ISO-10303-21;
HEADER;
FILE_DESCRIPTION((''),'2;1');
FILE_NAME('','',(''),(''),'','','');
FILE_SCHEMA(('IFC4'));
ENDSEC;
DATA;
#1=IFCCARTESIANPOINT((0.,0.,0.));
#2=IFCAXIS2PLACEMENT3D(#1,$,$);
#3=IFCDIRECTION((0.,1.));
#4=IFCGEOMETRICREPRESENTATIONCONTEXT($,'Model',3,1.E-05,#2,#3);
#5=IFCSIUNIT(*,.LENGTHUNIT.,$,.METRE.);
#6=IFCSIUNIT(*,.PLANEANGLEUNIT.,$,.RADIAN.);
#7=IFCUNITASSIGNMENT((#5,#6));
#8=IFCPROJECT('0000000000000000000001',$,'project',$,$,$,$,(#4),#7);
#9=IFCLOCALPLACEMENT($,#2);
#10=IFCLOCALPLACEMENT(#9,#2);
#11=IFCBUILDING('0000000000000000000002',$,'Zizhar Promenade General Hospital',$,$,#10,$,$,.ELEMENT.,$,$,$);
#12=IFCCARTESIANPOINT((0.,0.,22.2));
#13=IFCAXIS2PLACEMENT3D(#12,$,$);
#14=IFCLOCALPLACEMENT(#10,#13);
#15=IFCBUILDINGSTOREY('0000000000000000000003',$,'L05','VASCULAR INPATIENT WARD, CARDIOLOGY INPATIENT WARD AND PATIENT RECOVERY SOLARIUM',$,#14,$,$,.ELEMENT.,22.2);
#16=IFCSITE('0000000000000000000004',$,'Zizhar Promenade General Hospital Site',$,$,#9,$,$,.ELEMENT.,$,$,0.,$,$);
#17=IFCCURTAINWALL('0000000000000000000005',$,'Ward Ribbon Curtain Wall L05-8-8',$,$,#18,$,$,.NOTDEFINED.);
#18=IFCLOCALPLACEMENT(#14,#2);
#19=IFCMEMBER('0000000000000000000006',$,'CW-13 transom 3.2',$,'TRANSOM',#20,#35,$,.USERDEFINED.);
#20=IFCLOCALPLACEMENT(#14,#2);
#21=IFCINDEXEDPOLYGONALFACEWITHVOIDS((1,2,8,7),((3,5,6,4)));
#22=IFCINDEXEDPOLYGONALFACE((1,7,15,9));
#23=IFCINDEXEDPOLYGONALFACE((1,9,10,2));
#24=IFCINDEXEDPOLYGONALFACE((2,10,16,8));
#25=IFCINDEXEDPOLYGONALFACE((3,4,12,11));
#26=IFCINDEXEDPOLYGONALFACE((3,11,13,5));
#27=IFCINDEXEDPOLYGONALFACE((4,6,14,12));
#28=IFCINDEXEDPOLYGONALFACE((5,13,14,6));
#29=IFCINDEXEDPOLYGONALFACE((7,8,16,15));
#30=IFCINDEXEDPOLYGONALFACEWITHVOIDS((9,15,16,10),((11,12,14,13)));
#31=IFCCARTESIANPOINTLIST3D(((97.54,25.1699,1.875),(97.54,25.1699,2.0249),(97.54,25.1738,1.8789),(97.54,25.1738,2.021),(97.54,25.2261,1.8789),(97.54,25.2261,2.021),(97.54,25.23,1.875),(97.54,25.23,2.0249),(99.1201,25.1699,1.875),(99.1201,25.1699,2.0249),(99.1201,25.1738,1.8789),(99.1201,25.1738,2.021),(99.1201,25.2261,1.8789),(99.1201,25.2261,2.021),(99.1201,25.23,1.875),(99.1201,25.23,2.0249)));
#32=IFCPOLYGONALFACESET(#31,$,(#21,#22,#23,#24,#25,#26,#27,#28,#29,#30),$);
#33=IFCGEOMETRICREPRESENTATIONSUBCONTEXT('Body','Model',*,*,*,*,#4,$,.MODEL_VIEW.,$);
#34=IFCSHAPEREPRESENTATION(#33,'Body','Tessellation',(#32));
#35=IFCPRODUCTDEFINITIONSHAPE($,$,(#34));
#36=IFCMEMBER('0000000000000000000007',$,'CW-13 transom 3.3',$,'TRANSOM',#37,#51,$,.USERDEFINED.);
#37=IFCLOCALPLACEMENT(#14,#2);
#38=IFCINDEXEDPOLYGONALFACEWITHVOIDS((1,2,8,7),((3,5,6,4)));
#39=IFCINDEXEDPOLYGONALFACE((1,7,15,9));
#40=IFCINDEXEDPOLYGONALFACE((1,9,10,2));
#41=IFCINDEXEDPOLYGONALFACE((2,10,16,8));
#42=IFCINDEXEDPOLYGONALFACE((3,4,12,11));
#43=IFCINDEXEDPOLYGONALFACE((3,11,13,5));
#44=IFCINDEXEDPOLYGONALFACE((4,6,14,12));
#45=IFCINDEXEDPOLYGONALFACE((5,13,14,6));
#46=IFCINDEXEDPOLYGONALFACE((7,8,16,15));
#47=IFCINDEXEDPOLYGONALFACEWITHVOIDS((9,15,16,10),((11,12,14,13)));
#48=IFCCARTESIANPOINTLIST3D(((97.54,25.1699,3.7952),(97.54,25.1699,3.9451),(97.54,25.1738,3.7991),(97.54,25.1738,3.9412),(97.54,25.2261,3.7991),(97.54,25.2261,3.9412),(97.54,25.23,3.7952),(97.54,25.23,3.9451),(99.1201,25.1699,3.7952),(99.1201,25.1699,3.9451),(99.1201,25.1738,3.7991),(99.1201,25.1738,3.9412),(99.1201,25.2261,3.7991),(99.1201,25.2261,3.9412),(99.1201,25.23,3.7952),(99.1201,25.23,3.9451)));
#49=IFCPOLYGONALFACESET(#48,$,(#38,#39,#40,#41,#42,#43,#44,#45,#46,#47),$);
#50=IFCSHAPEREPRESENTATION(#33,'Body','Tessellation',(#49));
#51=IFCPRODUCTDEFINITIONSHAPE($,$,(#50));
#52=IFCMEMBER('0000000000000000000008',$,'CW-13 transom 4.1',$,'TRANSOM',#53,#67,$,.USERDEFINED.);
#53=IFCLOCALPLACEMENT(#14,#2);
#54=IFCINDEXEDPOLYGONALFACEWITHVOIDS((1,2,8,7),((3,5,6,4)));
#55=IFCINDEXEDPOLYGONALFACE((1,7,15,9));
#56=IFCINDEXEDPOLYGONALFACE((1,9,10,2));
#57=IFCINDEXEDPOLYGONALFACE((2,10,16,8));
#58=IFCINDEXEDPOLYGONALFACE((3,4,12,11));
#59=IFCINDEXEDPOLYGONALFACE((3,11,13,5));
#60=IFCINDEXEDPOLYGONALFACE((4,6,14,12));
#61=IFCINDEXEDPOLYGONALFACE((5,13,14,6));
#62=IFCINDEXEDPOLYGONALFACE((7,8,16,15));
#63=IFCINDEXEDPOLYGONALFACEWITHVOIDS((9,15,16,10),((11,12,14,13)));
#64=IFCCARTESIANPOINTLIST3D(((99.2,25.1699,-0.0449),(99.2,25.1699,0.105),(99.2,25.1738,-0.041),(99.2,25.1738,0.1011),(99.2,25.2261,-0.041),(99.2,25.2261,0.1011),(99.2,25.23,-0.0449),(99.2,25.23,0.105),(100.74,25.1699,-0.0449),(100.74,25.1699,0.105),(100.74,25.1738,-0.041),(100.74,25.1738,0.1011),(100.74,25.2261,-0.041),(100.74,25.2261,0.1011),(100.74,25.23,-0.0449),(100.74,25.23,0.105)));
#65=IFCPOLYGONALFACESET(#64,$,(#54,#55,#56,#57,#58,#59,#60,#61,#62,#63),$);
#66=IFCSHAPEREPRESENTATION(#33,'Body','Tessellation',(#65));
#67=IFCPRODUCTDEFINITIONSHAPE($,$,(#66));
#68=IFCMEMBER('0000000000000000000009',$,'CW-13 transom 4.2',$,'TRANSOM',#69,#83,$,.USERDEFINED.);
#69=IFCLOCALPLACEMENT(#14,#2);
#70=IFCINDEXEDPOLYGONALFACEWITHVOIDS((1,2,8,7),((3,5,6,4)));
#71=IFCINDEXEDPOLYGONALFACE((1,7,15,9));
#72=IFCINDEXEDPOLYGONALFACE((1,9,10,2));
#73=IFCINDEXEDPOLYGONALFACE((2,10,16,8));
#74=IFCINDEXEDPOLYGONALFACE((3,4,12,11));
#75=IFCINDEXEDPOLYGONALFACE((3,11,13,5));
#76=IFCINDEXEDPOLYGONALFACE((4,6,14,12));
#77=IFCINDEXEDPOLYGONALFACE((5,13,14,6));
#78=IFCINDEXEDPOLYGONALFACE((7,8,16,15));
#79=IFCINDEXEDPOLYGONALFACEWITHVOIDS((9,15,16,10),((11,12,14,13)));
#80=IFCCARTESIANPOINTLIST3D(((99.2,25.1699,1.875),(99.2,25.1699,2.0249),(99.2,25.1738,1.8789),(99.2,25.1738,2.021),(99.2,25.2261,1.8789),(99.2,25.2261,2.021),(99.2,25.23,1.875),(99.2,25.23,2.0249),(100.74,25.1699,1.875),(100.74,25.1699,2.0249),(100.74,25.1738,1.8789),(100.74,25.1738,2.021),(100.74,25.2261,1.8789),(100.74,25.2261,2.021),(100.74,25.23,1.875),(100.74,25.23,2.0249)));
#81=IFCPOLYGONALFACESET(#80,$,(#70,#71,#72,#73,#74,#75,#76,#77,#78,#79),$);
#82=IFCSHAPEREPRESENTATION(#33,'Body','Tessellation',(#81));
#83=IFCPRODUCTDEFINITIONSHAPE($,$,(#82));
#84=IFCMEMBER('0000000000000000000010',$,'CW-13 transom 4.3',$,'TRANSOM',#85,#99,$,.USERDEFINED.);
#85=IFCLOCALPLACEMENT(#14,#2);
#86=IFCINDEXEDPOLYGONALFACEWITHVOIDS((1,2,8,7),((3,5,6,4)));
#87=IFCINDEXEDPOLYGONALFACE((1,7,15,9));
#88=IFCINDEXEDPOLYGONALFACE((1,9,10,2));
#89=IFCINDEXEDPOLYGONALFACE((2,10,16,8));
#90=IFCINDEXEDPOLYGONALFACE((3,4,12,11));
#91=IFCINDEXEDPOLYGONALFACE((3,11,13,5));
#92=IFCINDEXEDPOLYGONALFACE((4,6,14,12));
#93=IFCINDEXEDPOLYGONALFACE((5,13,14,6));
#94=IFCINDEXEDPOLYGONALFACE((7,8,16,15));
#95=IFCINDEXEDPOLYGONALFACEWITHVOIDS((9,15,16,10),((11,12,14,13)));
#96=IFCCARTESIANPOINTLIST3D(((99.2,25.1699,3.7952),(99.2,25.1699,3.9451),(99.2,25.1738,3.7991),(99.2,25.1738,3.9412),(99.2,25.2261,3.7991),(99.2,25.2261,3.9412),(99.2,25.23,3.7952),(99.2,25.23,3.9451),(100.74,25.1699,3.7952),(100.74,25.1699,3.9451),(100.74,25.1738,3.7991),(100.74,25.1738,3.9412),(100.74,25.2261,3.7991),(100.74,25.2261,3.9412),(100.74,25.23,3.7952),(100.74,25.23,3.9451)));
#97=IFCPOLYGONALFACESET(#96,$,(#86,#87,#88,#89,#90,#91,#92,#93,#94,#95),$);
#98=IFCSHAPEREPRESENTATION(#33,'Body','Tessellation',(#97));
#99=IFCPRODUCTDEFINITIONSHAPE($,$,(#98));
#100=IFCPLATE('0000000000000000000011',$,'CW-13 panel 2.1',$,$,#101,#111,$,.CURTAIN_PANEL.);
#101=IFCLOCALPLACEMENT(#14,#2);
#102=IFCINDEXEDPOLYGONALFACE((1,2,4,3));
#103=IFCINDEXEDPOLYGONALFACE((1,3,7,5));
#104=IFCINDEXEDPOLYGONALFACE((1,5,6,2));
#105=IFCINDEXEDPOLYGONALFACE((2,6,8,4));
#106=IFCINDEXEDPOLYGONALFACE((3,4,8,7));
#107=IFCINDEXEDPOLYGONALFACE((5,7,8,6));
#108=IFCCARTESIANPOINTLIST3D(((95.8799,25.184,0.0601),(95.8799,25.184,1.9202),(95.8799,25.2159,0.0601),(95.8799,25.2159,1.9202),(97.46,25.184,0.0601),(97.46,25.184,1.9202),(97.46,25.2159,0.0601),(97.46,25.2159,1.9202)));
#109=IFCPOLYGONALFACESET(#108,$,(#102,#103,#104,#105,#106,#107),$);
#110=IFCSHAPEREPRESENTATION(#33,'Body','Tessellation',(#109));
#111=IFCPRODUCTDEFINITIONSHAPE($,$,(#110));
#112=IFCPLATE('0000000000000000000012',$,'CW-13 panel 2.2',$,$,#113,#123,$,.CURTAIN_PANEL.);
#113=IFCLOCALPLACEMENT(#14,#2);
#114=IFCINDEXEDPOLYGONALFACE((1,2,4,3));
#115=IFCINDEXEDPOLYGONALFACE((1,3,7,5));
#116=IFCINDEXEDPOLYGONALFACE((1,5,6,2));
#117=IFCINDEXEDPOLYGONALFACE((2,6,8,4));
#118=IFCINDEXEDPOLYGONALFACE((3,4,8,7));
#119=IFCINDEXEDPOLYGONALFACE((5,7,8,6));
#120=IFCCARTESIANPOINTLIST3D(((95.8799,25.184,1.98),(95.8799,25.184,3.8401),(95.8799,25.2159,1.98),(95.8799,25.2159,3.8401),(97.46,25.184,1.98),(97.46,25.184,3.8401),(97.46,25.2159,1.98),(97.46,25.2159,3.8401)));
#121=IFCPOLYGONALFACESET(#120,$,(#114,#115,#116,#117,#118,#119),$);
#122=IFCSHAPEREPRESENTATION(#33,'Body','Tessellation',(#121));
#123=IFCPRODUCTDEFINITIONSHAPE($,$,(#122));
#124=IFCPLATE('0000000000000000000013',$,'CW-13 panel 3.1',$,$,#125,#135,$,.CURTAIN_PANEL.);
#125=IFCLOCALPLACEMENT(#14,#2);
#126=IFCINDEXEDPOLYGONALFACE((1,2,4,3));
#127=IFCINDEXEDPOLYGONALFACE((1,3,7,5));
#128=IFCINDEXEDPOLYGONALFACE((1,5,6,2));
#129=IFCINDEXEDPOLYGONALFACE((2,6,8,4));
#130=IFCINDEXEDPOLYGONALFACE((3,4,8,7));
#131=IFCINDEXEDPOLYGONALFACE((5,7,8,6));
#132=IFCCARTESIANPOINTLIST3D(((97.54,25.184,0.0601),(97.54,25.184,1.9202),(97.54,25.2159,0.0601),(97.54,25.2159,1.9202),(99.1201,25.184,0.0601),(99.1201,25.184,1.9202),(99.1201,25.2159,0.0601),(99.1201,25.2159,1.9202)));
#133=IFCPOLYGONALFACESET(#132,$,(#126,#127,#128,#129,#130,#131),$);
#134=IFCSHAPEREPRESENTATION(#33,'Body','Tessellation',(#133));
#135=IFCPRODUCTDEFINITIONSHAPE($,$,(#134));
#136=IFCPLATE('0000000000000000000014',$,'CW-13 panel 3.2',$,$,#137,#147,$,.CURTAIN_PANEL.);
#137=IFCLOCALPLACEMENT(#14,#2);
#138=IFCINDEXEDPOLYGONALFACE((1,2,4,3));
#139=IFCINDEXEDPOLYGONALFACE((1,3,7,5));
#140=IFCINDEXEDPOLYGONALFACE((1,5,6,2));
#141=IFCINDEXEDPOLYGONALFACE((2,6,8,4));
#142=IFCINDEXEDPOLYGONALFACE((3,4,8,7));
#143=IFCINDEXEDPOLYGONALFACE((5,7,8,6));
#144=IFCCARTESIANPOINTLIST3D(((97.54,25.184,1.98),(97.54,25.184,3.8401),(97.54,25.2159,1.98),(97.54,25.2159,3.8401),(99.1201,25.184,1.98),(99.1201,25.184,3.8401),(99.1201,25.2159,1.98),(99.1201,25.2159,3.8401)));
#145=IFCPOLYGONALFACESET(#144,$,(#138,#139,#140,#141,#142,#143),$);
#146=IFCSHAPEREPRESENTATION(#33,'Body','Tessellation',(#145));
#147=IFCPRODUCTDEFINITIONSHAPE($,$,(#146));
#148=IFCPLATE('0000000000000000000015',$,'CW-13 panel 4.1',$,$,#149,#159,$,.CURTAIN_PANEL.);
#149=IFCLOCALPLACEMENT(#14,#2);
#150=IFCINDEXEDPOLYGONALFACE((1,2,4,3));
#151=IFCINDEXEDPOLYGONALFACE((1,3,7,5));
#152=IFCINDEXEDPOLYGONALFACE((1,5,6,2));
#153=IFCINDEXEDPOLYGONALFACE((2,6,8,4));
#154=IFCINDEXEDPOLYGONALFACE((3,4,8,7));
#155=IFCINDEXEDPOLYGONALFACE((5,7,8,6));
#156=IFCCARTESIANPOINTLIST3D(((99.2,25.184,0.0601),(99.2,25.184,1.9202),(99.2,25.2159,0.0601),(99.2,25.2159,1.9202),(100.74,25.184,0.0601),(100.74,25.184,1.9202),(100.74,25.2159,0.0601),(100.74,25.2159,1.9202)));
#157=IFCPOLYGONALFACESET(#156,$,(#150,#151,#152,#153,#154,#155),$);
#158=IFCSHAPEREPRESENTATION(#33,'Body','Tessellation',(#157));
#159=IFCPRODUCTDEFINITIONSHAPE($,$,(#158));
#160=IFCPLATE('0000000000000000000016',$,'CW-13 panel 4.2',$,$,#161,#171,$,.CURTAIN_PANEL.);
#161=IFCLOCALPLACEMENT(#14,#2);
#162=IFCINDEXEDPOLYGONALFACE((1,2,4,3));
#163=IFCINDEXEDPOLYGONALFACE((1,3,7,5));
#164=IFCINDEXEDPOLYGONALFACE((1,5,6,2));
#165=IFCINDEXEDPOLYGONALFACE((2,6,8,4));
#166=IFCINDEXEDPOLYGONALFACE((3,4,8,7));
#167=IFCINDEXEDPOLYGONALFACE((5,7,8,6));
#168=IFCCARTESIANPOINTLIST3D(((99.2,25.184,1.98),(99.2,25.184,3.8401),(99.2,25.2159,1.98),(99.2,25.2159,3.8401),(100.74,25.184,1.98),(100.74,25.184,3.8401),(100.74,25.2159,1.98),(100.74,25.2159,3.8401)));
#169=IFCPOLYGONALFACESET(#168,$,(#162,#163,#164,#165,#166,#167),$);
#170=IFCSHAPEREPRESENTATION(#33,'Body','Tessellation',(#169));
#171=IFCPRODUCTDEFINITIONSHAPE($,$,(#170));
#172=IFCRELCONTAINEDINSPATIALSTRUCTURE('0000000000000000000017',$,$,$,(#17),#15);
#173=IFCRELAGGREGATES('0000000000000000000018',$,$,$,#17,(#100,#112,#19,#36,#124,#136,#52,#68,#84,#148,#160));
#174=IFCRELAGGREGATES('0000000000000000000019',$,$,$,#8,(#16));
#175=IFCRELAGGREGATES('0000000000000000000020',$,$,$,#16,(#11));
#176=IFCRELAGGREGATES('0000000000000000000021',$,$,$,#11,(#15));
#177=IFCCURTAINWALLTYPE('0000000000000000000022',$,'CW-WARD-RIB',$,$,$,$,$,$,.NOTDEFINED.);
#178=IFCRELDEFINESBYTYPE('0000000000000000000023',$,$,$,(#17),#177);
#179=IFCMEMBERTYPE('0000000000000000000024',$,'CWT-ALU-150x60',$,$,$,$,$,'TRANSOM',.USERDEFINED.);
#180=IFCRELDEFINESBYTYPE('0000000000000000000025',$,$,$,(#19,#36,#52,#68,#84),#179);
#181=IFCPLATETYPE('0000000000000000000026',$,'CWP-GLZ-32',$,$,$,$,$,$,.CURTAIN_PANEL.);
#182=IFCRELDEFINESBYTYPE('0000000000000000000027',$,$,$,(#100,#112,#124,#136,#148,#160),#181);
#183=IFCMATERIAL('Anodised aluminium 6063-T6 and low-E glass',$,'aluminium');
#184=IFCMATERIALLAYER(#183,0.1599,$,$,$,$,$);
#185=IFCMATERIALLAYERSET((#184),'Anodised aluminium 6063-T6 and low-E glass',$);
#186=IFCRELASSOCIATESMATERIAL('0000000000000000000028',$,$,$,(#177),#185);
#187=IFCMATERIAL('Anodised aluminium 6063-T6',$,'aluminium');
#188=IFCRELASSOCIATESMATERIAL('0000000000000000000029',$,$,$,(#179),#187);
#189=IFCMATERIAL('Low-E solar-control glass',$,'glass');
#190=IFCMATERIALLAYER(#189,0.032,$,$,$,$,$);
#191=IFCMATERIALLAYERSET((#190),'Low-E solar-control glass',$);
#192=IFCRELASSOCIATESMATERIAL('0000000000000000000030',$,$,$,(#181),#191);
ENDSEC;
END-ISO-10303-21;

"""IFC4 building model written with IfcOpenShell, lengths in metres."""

from ifc_helpers import new_model, si_unit, direction, frame, origin, origin_2d, place, context, subcontext, project, spatial, rectangle, hollow_rectangle, extrude, material, layer, layer_set, material_profile, profile_set, type_object, element, aggregate, save


model = new_model("IFC4")

# Units and contexts
model_context = context("Model", 3, precision=1e-05, world=origin(), true_north=direction((0.0, 1.0)))
body_context = subcontext(model_context, "Body", "Model", "MODEL_VIEW")
ifc_project = project(units=[si_unit("LENGTHUNIT", "METRE"), si_unit("PLANEANGLEUNIT", "RADIAN")], contexts=[model_context])

# Site, building, storey
site_placement = place(None, origin())
site = spatial("IfcSite", under=ifc_project, at=site_placement, Name="Zizhar Promenade General Hospital Site", CompositionType="ELEMENT", RefElevation=0.0)
building_placement = place(site_placement, origin())
building = spatial("IfcBuilding", under=site, at=building_placement, Name="Zizhar Promenade General Hospital", CompositionType="ELEMENT")
storey_placement = place(building_placement, frame((0.0, 0.0, 22.2)))
storey = spatial("IfcBuildingStorey", under=building, at=storey_placement, Name="L05", Description="VASCULAR INPATIENT WARD, CARDIOLOGY INPATIENT WARD AND PATIENT RECOVERY SOLARIUM", CompositionType="ELEMENT", Elevation=22.2)

# Curtain wall, members, plates
ifc_material_1 = material(Name="Anodised aluminium 6063-T6 and low-E glass", Category="aluminium")
ifc_layer_1 = layer(ifc_material_1, 0.1599)
ifc_layer_set_1 = layer_set([ifc_layer_1], Name="Anodised aluminium 6063-T6 and low-E glass")
curtain_wall_type = type_object("IfcCurtainWallType", Name="CW-WARD-RIB", PredefinedType="NOTDEFINED", material=ifc_layer_set_1)
curtain_wall_placement = place(storey_placement, origin())
curtain_wall = element("IfcCurtainWall", 1, at=curtain_wall_placement, inside=storey, type_object=curtain_wall_type, Name="Ward Ribbon Curtain Wall L05-8-8", PredefinedType="NOTDEFINED")
ifc_material_2 = material(Name="Anodised aluminium 6063-T6", Category="aluminium")
ifc_material_profile_1 = material_profile(ifc_material_2, hollow_rectangle(XDim=0.0601, YDim=0.1499, WallThickness=0.0039, at=origin_2d()))
ifc_profile_set_1 = profile_set([ifc_material_profile_1], Name="Anodised aluminium 6063-T6")
member_type_1 = type_object("IfcMemberType", Name="CWT-ALU-150x60", ElementType="TRANSOM", PredefinedType="USERDEFINED", material=ifc_profile_set_1)
member_1_placement = place(storey_placement, frame((97.54, 25.2, 1.95), z_axis=(1.0, 0.0, 0.0), x_axis=(0.0, 1.0, 0.0)))
member_1 = element("IfcMember", 2, at=member_1_placement, type_object=member_type_1, Name="CW-13 transom 3.2", ObjectType="TRANSOM", PredefinedType="USERDEFINED", context=body_context, shape_type="SweptSolid", body=[
    extrude(hollow_rectangle(XDim=0.0601, YDim=0.1499, WallThickness=0.0039, at=origin_2d()), origin(), (0.0, 0.0, 1.0), 1.5801),
])
member_2_placement = place(storey_placement, frame((97.54, 25.2, 3.8701), z_axis=(1.0, 0.0, 0.0), x_axis=(0.0, 1.0, 0.0)))
member_2 = element("IfcMember", 3, at=member_2_placement, type_object=member_type_1, Name="CW-13 transom 3.3", ObjectType="TRANSOM", PredefinedType="USERDEFINED", context=body_context, shape_type="SweptSolid", body=[
    extrude(hollow_rectangle(XDim=0.0601, YDim=0.1499, WallThickness=0.0039, at=origin_2d()), origin(), (0.0, 0.0, 1.0), 1.5801),
])
member_3_placement = place(storey_placement, frame((99.2, 25.2, 0.03), z_axis=(1.0, 0.0, 0.0), x_axis=(0.0, 1.0, 0.0)))
member_3 = element("IfcMember", 4, at=member_3_placement, type_object=member_type_1, Name="CW-13 transom 4.1", ObjectType="TRANSOM", PredefinedType="USERDEFINED", context=body_context, shape_type="SweptSolid", body=[
    extrude(hollow_rectangle(XDim=0.0601, YDim=0.1499, WallThickness=0.0039, at=origin_2d()), origin(), (0.0, 0.0, 1.0), 1.54),
])
member_4_placement = place(storey_placement, frame((99.2, 25.2, 1.95), z_axis=(1.0, 0.0, 0.0), x_axis=(0.0, 1.0, 0.0)))
member_4 = element("IfcMember", 5, at=member_4_placement, type_object=member_type_1, Name="CW-13 transom 4.2", ObjectType="TRANSOM", PredefinedType="USERDEFINED", context=body_context, shape_type="SweptSolid", body=[
    extrude(hollow_rectangle(XDim=0.0601, YDim=0.1499, WallThickness=0.0039, at=origin_2d()), origin(), (0.0, 0.0, 1.0), 1.54),
])
member_5_placement = place(storey_placement, frame((99.2, 25.2, 3.8701), z_axis=(1.0, 0.0, 0.0), x_axis=(0.0, 1.0, 0.0)))
member_5 = element("IfcMember", 6, at=member_5_placement, type_object=member_type_1, Name="CW-13 transom 4.3", ObjectType="TRANSOM", PredefinedType="USERDEFINED", context=body_context, shape_type="SweptSolid", body=[
    extrude(hollow_rectangle(XDim=0.0601, YDim=0.1499, WallThickness=0.0039, at=origin_2d()), origin(), (0.0, 0.0, 1.0), 1.54),
])
ifc_material_3 = material(Name="Low-E solar-control glass", Category="glass")
ifc_layer_2 = layer(ifc_material_3, 0.032)
ifc_layer_set_2 = layer_set([ifc_layer_2], Name="Low-E solar-control glass")
plate_type = type_object("IfcPlateType", Name="CWP-GLZ-32", PredefinedType="CURTAIN_PANEL", material=ifc_layer_set_2)
plate_1_placement = place(storey_placement, frame((96.6699, 25.2, 0.0601), z_axis=(0.0, 0.0, 1.0), x_axis=(1.0, 0.0, 0.0)))
plate_1 = element("IfcPlate", 7, at=plate_1_placement, type_object=plate_type, Name="CW-13 panel 2.1", PredefinedType="CURTAIN_PANEL", context=body_context, shape_type="SweptSolid", body=[
    extrude(rectangle(XDim=1.5801, YDim=0.032, at=origin_2d()), origin(), (0.0, 0.0, 1.0), 1.8601),
])
plate_2_placement = place(storey_placement, frame((96.6699, 25.2, 1.98), z_axis=(0.0, 0.0, 1.0), x_axis=(1.0, 0.0, 0.0)))
plate_2 = element("IfcPlate", 8, at=plate_2_placement, type_object=plate_type, Name="CW-13 panel 2.2", PredefinedType="CURTAIN_PANEL", context=body_context, shape_type="SweptSolid", body=[
    extrude(rectangle(XDim=1.5801, YDim=0.032, at=origin_2d()), origin(), (0.0, 0.0, 1.0), 1.8601),
])
plate_3_placement = place(storey_placement, frame((98.3301, 25.2, 0.0601), z_axis=(0.0, 0.0, 1.0), x_axis=(1.0, 0.0, 0.0)))
plate_3 = element("IfcPlate", 9, at=plate_3_placement, type_object=plate_type, Name="CW-13 panel 3.1", PredefinedType="CURTAIN_PANEL", context=body_context, shape_type="SweptSolid", body=[
    extrude(rectangle(XDim=1.5801, YDim=0.032, at=origin_2d()), origin(), (0.0, 0.0, 1.0), 1.8601),
])
plate_4_placement = place(storey_placement, frame((98.3301, 25.2, 1.98), z_axis=(0.0, 0.0, 1.0), x_axis=(1.0, 0.0, 0.0)))
plate_4 = element("IfcPlate", 10, at=plate_4_placement, type_object=plate_type, Name="CW-13 panel 3.2", PredefinedType="CURTAIN_PANEL", context=body_context, shape_type="SweptSolid", body=[
    extrude(rectangle(XDim=1.5801, YDim=0.032, at=origin_2d()), origin(), (0.0, 0.0, 1.0), 1.8601),
])
plate_5_placement = place(storey_placement, frame((99.97, 25.2, 0.0601), z_axis=(0.0, 0.0, 1.0), x_axis=(1.0, 0.0, 0.0)))
plate_5 = element("IfcPlate", 11, at=plate_5_placement, type_object=plate_type, Name="CW-13 panel 4.1", PredefinedType="CURTAIN_PANEL", context=body_context, shape_type="SweptSolid", body=[
    extrude(rectangle(XDim=1.54, YDim=0.032, at=origin_2d()), origin(), (0.0, 0.0, 1.0), 1.8601),
])
plate_6_placement = place(storey_placement, frame((99.97, 25.2, 1.98), z_axis=(0.0, 0.0, 1.0), x_axis=(1.0, 0.0, 0.0)))
plate_6 = element("IfcPlate", 12, at=plate_6_placement, type_object=plate_type, Name="CW-13 panel 4.2", PredefinedType="CURTAIN_PANEL", context=body_context, shape_type="SweptSolid", body=[
    extrude(rectangle(XDim=1.54, YDim=0.032, at=origin_2d()), origin(), (0.0, 0.0, 1.0), 1.8601),
])
aggregate(curtain_wall, [plate_1, plate_2, member_1, member_2, plate_3, plate_4, member_3, member_4, member_5, plate_5, plate_6])

save(model, "model.ifc")
